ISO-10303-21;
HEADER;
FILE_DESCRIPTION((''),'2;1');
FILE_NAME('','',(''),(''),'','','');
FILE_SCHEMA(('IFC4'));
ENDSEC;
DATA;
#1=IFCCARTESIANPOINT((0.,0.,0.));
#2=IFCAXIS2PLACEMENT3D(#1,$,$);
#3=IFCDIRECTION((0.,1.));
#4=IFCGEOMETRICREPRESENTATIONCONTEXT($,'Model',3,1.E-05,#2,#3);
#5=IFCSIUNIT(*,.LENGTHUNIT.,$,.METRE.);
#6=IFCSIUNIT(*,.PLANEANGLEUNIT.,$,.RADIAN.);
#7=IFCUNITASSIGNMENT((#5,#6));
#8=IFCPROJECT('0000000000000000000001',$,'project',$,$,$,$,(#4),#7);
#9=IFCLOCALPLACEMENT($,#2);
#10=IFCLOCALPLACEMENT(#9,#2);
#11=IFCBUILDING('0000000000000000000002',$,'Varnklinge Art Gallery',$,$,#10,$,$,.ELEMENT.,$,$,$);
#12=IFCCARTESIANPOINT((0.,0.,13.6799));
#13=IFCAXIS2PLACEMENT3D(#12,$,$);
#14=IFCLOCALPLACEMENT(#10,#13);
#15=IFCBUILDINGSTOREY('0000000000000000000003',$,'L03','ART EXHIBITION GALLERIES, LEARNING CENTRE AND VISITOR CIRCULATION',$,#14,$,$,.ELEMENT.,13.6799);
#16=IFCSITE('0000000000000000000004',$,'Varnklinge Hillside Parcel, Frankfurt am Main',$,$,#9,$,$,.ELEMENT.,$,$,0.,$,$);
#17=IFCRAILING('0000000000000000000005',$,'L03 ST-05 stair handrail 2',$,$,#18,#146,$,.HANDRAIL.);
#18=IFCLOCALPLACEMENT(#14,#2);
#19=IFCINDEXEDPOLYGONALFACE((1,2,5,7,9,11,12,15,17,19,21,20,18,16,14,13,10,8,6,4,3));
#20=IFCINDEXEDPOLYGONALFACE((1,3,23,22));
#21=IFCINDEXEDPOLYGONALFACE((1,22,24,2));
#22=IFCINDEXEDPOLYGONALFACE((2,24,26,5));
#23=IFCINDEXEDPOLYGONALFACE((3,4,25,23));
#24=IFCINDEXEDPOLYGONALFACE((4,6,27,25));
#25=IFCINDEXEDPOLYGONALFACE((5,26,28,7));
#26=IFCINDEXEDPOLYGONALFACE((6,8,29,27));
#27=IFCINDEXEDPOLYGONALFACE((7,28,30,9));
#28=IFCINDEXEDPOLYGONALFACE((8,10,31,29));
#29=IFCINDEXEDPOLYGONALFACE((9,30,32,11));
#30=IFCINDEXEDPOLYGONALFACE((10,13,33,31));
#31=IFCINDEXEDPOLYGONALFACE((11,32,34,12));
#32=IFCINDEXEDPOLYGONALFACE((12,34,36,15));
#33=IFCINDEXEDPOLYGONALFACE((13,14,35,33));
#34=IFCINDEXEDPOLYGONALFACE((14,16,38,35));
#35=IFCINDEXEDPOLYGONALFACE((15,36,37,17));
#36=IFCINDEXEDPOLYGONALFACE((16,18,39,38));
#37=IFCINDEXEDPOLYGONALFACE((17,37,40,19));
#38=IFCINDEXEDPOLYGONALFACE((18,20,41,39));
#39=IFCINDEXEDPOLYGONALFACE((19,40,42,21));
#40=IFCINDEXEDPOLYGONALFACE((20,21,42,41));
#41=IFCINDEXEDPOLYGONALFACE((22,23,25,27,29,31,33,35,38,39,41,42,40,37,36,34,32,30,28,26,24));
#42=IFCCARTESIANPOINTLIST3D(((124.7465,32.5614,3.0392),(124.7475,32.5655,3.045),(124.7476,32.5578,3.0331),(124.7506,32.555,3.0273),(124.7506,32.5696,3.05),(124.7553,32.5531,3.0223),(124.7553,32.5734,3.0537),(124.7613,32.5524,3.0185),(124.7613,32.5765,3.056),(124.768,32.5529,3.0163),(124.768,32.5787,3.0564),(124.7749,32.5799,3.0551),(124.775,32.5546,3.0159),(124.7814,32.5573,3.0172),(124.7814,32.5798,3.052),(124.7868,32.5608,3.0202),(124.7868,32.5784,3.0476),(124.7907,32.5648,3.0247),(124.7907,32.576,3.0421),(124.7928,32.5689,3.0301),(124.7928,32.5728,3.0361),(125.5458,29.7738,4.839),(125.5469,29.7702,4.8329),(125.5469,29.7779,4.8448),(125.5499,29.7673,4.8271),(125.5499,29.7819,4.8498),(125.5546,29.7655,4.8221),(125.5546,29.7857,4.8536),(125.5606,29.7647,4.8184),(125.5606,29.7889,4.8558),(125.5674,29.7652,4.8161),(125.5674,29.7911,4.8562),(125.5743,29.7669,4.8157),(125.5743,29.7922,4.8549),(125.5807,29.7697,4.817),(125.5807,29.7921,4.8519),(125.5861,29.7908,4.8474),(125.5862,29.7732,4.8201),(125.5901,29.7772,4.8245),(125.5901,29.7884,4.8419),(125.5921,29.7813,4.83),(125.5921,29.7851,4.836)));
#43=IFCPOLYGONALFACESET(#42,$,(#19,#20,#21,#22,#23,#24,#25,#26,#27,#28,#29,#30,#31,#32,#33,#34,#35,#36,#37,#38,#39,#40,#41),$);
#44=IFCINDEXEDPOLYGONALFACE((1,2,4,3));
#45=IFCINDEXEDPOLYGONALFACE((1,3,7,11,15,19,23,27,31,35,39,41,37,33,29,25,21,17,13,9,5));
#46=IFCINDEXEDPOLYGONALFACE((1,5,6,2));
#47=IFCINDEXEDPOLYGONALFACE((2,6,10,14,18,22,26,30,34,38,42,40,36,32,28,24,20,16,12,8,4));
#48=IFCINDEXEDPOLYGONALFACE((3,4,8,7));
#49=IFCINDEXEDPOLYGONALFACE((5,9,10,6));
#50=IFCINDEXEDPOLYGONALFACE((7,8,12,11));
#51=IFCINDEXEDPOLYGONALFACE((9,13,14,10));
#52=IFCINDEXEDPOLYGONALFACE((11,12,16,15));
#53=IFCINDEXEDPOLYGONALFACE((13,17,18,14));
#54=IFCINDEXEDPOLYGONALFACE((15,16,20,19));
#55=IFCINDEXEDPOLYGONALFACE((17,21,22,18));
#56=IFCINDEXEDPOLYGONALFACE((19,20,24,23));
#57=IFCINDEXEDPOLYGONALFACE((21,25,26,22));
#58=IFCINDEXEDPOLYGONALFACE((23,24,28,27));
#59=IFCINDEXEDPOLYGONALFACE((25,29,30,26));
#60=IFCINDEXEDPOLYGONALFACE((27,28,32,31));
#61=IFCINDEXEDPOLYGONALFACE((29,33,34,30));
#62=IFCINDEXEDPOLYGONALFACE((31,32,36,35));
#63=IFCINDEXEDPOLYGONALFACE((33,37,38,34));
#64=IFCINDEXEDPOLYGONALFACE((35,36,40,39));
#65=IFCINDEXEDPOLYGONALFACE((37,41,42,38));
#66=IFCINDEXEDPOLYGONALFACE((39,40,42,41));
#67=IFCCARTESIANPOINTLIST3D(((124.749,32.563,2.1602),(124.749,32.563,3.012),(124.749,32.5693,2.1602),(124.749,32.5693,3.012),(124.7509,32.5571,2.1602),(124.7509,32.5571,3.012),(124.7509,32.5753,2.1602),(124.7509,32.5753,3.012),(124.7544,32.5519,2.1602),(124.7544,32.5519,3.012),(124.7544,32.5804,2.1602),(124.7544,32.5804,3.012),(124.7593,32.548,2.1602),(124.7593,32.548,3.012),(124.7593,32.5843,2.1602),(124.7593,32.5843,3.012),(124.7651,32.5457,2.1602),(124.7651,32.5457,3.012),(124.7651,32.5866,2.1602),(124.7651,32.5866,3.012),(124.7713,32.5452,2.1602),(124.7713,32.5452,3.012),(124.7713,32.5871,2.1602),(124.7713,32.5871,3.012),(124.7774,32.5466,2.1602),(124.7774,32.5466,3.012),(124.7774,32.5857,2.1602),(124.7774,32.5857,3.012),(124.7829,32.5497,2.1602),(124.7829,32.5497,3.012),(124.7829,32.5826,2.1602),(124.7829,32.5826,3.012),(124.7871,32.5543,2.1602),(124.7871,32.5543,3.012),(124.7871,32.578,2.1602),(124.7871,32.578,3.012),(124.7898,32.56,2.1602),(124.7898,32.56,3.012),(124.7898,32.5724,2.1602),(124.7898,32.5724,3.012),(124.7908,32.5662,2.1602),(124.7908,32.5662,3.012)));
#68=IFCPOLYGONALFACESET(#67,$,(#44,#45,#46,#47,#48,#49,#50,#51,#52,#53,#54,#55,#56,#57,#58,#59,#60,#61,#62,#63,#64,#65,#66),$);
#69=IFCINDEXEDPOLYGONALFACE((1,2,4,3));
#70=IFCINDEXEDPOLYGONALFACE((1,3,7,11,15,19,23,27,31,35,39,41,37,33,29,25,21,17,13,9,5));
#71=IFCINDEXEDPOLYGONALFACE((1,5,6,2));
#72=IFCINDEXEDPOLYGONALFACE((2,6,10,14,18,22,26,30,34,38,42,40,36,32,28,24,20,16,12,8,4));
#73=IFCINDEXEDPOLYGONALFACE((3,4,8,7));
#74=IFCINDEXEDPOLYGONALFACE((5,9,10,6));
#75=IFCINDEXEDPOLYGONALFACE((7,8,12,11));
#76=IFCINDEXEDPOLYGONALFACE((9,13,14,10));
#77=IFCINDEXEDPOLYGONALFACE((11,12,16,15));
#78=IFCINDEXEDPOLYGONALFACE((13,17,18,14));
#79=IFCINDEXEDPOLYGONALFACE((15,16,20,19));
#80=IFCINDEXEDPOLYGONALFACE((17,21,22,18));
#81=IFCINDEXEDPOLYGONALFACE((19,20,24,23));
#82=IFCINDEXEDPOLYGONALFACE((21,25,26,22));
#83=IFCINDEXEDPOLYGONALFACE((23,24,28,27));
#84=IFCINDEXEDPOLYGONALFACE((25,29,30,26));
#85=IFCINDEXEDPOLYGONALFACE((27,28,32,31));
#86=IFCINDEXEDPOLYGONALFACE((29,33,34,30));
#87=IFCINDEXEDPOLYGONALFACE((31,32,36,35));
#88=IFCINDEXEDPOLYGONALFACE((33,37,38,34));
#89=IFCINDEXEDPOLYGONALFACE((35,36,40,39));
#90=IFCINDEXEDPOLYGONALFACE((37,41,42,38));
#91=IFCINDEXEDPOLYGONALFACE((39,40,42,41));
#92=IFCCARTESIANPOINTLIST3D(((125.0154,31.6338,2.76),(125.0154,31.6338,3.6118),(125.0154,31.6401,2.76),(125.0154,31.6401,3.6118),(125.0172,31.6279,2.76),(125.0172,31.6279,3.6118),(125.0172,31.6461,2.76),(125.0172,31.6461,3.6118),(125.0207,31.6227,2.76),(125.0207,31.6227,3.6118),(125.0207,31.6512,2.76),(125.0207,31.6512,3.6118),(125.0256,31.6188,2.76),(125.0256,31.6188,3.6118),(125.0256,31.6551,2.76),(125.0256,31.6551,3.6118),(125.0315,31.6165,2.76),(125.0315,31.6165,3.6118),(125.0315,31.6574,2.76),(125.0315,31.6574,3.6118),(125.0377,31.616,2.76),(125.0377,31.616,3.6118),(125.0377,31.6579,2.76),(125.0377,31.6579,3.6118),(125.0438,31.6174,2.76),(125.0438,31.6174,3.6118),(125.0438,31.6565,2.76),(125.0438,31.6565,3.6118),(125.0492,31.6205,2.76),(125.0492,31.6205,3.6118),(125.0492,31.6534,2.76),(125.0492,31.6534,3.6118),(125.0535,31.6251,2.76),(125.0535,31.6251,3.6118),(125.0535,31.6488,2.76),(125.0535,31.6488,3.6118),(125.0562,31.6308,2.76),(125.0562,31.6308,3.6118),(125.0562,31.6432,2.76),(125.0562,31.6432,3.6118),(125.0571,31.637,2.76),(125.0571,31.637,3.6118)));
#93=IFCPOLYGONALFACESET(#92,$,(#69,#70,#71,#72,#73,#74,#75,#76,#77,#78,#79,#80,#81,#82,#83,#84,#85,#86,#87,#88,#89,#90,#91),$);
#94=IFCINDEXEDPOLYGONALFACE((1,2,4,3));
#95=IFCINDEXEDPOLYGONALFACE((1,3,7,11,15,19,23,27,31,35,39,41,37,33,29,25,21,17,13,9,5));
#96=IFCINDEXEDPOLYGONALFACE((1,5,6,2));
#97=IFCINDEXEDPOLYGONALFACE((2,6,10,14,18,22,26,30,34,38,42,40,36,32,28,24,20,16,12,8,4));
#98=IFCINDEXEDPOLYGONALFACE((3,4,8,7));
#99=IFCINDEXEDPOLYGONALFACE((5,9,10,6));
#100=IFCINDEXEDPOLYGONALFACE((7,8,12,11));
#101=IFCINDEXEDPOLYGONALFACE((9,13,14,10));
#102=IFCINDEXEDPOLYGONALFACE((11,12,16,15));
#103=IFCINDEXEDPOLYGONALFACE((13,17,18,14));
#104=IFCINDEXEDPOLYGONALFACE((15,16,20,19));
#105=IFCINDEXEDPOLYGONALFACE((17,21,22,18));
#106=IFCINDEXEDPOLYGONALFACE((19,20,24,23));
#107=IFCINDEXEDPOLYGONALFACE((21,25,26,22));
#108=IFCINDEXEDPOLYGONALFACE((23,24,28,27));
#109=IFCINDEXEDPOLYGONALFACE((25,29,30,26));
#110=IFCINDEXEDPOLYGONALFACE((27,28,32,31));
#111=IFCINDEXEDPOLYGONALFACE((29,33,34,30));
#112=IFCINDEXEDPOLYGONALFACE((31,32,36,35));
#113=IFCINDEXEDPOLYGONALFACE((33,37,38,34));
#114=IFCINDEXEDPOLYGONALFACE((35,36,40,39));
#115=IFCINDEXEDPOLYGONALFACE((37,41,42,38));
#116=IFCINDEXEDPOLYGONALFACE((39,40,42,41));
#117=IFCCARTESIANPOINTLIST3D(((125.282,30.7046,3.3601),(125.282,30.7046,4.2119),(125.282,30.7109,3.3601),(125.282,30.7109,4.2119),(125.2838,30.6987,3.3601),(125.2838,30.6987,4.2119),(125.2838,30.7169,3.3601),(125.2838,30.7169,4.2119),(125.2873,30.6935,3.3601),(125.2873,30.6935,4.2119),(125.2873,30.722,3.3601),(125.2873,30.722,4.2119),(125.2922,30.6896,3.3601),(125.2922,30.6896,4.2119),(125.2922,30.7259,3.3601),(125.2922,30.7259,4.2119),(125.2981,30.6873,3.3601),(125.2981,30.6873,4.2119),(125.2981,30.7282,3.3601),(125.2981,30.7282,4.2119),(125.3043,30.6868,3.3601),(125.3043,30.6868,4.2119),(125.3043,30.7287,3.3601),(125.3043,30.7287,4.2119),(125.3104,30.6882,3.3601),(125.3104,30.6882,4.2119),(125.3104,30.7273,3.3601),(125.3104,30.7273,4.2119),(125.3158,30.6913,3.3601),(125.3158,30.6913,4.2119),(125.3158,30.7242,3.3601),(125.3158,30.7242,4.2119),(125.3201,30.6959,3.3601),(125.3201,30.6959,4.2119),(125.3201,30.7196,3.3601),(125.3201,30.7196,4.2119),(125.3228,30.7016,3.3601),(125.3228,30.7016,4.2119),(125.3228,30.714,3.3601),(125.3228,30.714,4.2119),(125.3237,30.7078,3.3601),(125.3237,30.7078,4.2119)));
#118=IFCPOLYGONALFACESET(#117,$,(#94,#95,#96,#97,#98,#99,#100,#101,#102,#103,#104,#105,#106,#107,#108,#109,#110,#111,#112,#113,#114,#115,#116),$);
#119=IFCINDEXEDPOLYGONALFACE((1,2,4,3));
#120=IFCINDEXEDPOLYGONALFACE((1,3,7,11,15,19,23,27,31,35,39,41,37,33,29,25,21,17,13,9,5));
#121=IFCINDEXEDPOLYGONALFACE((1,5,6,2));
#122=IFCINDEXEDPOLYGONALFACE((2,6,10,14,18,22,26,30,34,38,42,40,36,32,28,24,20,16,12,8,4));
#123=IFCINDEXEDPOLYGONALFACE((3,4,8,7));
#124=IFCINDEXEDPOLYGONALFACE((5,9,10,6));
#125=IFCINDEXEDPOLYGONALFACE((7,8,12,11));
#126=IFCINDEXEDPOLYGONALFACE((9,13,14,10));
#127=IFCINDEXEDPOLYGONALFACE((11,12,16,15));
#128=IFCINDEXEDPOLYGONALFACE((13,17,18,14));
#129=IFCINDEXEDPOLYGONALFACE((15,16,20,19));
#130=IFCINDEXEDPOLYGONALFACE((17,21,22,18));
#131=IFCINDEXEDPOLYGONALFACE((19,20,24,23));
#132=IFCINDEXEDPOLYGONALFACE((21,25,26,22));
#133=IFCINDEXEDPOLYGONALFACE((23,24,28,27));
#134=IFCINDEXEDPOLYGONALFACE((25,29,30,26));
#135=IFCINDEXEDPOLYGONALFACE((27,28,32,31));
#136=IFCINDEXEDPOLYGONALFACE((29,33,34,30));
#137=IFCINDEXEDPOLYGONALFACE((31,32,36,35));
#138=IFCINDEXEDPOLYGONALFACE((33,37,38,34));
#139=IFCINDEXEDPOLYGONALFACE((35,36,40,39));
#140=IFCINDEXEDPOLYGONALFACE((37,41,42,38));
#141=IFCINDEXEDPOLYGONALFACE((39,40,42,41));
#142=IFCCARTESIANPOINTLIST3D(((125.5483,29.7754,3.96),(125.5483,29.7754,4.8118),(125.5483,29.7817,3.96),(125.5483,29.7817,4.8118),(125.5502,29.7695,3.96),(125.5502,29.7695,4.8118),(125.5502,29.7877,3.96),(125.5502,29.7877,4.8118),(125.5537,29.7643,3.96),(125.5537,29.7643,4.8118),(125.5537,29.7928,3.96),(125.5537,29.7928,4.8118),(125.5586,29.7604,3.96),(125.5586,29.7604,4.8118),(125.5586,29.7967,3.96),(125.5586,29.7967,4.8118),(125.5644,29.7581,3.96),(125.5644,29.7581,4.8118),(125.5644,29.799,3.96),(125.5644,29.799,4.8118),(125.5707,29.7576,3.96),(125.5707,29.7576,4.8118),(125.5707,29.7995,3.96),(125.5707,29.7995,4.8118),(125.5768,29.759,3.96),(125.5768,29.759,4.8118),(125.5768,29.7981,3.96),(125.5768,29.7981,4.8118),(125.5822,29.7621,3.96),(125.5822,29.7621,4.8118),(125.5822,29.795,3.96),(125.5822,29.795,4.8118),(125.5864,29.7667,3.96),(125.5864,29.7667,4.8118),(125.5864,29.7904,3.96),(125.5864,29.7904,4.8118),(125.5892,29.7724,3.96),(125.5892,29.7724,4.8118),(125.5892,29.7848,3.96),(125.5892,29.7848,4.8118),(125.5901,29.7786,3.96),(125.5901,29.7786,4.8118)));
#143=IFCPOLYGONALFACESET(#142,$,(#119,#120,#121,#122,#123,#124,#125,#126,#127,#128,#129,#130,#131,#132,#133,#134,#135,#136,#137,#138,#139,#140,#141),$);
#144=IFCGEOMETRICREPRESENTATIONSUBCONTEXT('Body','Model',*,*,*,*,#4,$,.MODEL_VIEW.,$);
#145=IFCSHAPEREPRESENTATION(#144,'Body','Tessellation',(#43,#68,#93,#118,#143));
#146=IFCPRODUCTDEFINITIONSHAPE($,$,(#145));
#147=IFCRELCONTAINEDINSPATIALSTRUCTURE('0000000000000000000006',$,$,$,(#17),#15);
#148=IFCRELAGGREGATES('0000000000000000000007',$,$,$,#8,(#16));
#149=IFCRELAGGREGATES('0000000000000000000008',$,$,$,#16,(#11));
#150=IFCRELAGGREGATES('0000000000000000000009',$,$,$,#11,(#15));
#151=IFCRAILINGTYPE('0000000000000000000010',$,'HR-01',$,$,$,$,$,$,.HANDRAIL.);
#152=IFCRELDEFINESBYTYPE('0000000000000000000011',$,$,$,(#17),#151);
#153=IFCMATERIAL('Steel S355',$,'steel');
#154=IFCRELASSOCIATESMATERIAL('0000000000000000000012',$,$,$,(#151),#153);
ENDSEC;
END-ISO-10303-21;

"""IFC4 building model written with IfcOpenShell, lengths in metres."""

from ifc_helpers import new_model, si_unit, direction, frame, origin, origin_2d, place, context, subcontext, project, spatial, circle, extrude, material, type_object, element, save


model = new_model("IFC4")

# Units and contexts
model_context = context("Model", 3, precision=1e-05, world=origin(), true_north=direction((0.0, 1.0)))
body_context = subcontext(model_context, "Body", "Model", "MODEL_VIEW")
ifc_project = project(units=[si_unit("LENGTHUNIT", "METRE"), si_unit("PLANEANGLEUNIT", "RADIAN")], contexts=[model_context])

# Site, building, storey
site_placement = place(None, origin())
site = spatial("IfcSite", under=ifc_project, at=site_placement, Name="Varnklinge Hillside Parcel, Frankfurt am Main", CompositionType="ELEMENT", RefElevation=0.0)
building_placement = place(site_placement, origin())
building = spatial("IfcBuilding", under=site, at=building_placement, Name="Varnklinge Art Gallery", CompositionType="ELEMENT")
storey_placement = place(building_placement, frame((0.0, 0.0, 13.6799)))
storey = spatial("IfcBuildingStorey", under=building, at=storey_placement, Name="L03", Description="ART EXHIBITION GALLERIES, LEARNING CENTRE AND VISITOR CIRCULATION", CompositionType="ELEMENT", Elevation=13.6799)

# Railing
ifc_material_1 = material(Name="Steel S355", Category="steel")
railing_type = type_object("IfcRailingType", Name="HR-01", PredefinedType="HANDRAIL", material=ifc_material_1)
railing_placement = place(storey_placement, frame((124.7698, 32.5662, 2.1602)))
element("IfcRailing", 1, at=railing_placement, inside=storey, type_object=railing_type, Name="L03 ST-05 stair handrail 2", PredefinedType="HANDRAIL", context=body_context, shape_type="SweptSolid", body=[
    extrude(circle(Radius=0.0239, at=origin_2d()), frame((0.0, 0.0, 0.876), z_axis=(0.234194, -0.816747, 0.52733), x_axis=(0.961263, 0.275633, 0.0)), (0.0, 0.0, 1.0), 3.4131),
    extrude(circle(Radius=0.021, at=origin_2d()), origin(), (0.0, 0.0, 1.0), 0.8518),
    extrude(circle(Radius=0.021, at=origin_2d()), frame((0.2664, -0.9292, 0.5999)), (0.0, 0.0, 1.0), 0.8518),
    extrude(circle(Radius=0.021, at=origin_2d()), frame((0.533, -1.8584, 1.2)), (0.0, 0.0, 1.0), 0.8518),
    extrude(circle(Radius=0.021, at=origin_2d()), frame((0.7993, -2.7876, 1.7998)), (0.0, 0.0, 1.0), 0.8518),
])

save(model, "model.ifc")
